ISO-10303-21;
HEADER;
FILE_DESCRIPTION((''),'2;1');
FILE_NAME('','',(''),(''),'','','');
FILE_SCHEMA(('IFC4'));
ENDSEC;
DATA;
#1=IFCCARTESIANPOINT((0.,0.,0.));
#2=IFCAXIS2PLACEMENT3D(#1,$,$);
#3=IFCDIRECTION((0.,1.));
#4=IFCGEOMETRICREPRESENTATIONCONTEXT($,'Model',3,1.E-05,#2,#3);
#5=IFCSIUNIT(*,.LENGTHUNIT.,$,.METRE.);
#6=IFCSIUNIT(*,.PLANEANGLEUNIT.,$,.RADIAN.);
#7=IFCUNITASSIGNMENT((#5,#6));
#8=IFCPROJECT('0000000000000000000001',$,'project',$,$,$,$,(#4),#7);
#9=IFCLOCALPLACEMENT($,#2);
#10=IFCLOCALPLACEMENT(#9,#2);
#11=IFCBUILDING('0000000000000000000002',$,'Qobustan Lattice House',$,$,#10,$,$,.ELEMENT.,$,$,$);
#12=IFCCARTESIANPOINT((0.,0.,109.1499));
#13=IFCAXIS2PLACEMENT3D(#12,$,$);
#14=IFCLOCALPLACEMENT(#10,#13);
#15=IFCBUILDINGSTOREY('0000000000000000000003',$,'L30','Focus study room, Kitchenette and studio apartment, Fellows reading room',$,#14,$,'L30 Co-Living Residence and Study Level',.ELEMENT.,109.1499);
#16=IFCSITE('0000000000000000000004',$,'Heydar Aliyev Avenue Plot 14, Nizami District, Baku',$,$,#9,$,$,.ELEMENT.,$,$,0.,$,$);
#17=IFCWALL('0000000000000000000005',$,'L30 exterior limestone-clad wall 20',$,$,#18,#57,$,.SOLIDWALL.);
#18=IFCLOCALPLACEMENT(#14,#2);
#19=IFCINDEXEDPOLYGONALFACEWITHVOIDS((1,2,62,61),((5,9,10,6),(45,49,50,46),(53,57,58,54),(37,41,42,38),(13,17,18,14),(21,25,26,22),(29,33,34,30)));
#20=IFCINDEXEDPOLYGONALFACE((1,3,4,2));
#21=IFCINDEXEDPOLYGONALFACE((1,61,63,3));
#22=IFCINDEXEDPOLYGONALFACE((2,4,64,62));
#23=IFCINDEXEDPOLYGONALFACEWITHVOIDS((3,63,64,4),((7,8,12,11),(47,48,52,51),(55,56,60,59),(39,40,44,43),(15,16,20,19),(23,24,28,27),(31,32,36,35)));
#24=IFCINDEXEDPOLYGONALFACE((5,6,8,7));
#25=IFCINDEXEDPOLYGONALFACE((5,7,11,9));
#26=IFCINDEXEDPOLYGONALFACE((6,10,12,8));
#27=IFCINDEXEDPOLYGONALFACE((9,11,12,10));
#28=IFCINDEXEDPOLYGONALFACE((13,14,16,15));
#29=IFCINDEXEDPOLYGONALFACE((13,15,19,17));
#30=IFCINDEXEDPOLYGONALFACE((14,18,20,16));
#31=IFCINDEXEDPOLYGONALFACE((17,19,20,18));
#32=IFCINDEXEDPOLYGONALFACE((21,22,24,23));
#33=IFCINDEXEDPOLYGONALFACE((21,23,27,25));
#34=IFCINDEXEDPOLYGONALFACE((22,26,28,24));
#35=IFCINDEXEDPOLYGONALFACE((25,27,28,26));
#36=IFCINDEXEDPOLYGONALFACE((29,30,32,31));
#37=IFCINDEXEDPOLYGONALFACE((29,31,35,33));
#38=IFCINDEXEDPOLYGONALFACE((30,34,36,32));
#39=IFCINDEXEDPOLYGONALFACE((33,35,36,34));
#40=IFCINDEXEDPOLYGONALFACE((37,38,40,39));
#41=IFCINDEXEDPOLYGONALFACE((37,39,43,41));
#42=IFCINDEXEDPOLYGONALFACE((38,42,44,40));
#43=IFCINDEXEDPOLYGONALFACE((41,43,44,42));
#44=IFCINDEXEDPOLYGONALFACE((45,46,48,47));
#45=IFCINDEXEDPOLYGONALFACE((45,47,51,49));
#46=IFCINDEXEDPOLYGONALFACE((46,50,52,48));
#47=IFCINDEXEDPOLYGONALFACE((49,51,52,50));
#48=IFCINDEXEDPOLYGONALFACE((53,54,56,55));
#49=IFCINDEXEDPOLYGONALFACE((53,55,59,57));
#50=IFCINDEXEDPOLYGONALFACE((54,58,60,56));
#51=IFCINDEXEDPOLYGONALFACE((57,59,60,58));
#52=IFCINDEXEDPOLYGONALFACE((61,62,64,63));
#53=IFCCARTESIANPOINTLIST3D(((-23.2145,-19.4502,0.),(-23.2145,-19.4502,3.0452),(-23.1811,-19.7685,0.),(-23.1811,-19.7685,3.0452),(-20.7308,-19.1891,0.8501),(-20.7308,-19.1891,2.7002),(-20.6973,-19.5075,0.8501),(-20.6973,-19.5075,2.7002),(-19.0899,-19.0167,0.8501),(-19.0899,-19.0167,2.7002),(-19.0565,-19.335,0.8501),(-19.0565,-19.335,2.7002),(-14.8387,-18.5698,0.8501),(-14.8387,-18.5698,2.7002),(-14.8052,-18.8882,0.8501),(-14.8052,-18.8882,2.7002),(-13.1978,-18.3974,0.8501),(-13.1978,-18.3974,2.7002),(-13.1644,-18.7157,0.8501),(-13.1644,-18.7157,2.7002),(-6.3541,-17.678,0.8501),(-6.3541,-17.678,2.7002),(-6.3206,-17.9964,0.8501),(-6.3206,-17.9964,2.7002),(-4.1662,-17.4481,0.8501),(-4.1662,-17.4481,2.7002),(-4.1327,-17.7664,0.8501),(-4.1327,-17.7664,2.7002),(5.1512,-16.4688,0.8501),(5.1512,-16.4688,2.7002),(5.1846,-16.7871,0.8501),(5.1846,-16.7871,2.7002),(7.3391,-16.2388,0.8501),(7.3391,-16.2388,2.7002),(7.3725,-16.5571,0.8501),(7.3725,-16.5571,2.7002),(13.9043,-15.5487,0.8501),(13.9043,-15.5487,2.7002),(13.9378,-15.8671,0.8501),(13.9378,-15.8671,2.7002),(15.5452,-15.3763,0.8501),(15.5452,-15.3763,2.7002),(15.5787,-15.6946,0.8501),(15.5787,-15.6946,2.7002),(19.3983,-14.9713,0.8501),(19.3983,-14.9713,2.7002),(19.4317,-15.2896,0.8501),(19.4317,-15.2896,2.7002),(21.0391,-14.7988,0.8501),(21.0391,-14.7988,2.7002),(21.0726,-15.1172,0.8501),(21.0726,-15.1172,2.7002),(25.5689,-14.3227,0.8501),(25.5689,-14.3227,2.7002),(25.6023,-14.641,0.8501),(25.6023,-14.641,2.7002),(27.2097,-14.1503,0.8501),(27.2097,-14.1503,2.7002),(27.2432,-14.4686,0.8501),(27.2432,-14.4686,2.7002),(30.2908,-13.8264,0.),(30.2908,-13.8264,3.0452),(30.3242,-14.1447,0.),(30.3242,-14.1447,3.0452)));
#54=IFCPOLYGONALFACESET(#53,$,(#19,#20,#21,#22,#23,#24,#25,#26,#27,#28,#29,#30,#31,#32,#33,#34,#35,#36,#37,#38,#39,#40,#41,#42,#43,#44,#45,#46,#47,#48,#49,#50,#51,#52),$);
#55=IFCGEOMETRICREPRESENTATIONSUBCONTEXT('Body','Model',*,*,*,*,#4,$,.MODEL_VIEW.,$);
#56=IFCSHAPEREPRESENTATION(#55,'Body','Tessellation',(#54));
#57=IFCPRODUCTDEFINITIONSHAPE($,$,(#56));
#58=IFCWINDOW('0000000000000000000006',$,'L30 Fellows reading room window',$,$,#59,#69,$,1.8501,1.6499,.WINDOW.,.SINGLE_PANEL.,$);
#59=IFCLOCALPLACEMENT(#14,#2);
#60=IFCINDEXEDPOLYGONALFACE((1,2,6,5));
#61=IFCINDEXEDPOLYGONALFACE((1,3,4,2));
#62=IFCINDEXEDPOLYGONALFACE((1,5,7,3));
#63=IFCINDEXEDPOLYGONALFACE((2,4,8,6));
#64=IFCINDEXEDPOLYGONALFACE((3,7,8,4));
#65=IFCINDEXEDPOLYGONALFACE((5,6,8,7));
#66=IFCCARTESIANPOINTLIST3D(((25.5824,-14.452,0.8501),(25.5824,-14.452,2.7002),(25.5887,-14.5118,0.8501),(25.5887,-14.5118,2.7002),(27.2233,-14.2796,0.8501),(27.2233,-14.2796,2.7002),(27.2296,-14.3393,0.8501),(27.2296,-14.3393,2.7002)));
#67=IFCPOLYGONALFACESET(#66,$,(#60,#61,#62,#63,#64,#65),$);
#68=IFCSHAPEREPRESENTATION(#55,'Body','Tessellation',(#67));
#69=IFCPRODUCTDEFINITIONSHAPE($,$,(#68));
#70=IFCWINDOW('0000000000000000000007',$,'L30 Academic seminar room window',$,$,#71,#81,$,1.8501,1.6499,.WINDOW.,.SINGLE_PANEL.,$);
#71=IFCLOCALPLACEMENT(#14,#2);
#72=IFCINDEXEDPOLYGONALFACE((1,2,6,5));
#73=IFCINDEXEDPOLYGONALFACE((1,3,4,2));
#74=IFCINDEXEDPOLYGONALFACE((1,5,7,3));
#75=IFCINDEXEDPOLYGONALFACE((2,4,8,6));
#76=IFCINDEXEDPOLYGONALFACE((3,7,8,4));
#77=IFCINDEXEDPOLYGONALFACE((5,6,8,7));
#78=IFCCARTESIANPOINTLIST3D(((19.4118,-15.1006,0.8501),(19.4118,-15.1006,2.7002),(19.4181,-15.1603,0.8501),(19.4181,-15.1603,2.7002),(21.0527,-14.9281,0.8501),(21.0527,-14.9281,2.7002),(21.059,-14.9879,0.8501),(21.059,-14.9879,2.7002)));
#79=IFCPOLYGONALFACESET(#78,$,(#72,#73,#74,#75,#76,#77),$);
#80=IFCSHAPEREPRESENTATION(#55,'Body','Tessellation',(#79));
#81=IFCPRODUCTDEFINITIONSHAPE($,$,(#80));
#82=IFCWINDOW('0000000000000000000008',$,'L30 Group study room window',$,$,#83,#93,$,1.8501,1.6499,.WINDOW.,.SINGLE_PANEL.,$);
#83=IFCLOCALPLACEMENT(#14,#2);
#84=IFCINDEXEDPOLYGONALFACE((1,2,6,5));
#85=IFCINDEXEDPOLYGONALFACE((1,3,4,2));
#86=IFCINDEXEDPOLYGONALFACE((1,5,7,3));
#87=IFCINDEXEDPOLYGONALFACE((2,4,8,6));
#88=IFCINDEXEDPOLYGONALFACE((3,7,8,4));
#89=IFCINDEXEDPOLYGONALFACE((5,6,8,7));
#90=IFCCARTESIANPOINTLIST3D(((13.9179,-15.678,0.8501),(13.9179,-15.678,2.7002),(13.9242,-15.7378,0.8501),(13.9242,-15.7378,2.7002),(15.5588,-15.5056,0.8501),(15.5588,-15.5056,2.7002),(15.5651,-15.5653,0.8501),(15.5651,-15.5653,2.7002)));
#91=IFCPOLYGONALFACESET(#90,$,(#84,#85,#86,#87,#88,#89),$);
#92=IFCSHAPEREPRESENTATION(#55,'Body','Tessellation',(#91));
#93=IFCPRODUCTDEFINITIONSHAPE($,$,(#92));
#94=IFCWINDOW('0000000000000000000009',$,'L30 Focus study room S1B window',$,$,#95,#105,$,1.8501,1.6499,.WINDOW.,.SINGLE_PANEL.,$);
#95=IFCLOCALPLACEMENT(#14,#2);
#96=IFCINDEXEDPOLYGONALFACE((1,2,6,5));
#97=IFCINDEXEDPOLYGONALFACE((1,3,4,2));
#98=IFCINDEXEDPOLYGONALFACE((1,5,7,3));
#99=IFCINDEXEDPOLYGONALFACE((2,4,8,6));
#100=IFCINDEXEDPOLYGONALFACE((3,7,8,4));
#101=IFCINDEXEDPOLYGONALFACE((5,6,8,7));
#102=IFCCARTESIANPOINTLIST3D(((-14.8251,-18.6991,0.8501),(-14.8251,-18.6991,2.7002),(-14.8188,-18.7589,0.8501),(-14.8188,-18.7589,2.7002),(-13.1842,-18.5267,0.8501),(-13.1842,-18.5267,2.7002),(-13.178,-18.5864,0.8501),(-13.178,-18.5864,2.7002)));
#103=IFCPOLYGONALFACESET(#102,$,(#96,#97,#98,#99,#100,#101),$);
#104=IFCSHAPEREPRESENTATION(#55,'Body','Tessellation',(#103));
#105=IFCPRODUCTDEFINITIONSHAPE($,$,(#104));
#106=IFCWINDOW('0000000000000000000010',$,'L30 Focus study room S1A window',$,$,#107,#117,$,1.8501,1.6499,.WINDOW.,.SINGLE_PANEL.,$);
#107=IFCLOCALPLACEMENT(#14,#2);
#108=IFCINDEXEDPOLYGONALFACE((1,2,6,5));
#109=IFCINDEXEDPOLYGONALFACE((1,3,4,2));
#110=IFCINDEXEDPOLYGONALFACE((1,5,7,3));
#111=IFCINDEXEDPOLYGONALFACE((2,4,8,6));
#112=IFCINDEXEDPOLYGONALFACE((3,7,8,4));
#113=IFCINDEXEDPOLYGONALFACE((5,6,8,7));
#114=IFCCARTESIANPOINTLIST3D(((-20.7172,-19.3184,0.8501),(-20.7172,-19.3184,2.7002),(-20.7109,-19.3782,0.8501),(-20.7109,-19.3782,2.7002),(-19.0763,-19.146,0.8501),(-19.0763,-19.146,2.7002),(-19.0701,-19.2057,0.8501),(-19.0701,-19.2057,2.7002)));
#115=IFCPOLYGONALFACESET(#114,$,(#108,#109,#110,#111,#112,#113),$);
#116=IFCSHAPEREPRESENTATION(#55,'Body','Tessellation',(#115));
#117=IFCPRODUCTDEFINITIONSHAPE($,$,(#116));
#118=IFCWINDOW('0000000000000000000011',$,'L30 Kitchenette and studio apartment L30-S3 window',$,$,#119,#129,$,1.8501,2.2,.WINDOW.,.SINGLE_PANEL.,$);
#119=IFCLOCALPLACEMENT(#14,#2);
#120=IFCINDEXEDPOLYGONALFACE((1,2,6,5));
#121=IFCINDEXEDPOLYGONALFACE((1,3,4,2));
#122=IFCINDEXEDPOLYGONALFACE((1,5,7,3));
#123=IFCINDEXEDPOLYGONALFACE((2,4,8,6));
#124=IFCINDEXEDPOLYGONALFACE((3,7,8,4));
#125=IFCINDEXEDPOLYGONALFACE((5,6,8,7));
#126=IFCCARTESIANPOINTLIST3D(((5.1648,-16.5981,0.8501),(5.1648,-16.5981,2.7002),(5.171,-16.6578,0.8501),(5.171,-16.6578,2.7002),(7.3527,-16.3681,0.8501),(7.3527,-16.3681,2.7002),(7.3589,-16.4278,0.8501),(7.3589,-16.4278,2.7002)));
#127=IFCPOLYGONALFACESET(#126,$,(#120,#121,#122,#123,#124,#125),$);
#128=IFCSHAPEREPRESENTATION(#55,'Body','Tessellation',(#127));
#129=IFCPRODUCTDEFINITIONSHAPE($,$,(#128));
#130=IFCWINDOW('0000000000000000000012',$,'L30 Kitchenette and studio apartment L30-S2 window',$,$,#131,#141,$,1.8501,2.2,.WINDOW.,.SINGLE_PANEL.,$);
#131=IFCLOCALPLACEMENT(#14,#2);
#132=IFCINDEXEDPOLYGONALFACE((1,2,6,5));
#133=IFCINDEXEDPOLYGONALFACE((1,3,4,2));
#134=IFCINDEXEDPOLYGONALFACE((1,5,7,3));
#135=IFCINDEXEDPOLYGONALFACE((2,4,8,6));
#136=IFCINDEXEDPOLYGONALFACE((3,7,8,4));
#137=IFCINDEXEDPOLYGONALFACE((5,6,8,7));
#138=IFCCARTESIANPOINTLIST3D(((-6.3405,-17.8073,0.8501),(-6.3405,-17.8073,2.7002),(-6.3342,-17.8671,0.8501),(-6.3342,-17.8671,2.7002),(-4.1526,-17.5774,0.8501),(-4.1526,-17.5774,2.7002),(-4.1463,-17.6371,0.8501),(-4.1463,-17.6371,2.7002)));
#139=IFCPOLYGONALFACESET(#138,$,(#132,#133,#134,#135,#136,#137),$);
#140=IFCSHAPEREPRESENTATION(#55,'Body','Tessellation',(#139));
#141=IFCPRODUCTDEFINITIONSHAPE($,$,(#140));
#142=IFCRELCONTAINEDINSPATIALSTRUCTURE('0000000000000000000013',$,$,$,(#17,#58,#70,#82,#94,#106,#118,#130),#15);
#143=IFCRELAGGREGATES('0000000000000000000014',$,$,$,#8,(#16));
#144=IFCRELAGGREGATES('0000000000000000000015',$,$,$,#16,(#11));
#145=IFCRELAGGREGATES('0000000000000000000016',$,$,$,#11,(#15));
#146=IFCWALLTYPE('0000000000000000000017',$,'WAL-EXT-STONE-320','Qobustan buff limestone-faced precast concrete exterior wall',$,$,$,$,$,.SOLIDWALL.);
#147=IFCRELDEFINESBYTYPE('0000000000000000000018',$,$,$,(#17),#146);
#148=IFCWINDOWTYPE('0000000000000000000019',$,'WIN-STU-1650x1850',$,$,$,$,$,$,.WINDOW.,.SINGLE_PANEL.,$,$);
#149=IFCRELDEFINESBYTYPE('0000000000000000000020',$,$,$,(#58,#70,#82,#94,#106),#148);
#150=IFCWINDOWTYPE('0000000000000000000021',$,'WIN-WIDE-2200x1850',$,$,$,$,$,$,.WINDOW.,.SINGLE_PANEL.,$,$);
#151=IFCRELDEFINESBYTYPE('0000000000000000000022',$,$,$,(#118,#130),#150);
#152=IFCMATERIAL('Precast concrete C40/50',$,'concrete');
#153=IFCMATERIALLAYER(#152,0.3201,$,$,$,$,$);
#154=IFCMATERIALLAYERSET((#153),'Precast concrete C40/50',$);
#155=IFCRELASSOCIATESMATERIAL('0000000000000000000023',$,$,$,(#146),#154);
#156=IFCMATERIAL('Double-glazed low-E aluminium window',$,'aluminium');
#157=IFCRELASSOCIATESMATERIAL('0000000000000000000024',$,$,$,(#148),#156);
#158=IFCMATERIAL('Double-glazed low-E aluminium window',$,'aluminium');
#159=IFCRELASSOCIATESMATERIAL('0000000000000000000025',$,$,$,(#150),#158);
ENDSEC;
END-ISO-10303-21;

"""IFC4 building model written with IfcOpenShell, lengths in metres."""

from ifc_helpers import new_model, si_unit, direction, frame, frame_2d, origin, place, context, subcontext, project, spatial, rectangle, extrude, material, layer, layer_set, type_object, element, fill, save


model = new_model("IFC4")

# Units and contexts
model_context = context("Model", 3, precision=1e-05, world=origin(), true_north=direction((0.0, 1.0)))
body_context = subcontext(model_context, "Body", "Model", "MODEL_VIEW")
ifc_project = project(units=[si_unit("LENGTHUNIT", "METRE"), si_unit("PLANEANGLEUNIT", "RADIAN")], contexts=[model_context])

# Site, building, storey
site_placement = place(None, origin())
site = spatial("IfcSite", under=ifc_project, at=site_placement, Name="Heydar Aliyev Avenue Plot 14, Nizami District, Baku", CompositionType="ELEMENT", RefElevation=0.0)
building_placement = place(site_placement, origin())
building = spatial("IfcBuilding", under=site, at=building_placement, Name="Qobustan Lattice House", CompositionType="ELEMENT")
storey_placement = place(building_placement, frame((0.0, 0.0, 109.1499)))
storey = spatial("IfcBuildingStorey", under=building, at=storey_placement, Name="L30", Description="Focus study room, Kitchenette and studio apartment, Fellows reading room", LongName="L30 Co-Living Residence and Study Level", CompositionType="ELEMENT", Elevation=109.1499)

# Shared definitions
ifc_material_1 = material(Name="Precast concrete C40/50", Category="concrete")
ifc_layer_1 = layer(ifc_material_1, 0.3201)
ifc_layer_set_1 = layer_set([ifc_layer_1], Name="Precast concrete C40/50")
wall_type = type_object("IfcWallType", Name="WAL-EXT-STONE-320", Description="Qobustan buff limestone-faced precast concrete exterior wall", PredefinedType="SOLIDWALL", material=ifc_layer_set_1)

# Wall, openings, windows
wall_1_placement = place(storey_placement, frame((30.3074, -13.9856, 0.0), z_axis=(0.0, 0.0, 1.0), x_axis=(-0.994522, -0.104531, 0.0)))
wall_1 = element("IfcWall", 1, at=wall_1_placement, inside=storey, type_object=wall_type, Name="L30 exterior limestone-clad wall 20", PredefinedType="SOLIDWALL", context=body_context, shape_type="SweptSolid", body=[
    extrude(rectangle(XDim=53.8, YDim=0.3201, at=frame_2d((26.8999, 0.0))), origin(), (0.0, 0.0, 1.0), 3.0452),
])
opening_1_placement = place(wall_1_placement, frame((3.0979, 0.0, 0.8501)))
opening_1 = element("IfcOpeningElement", 2, at=opening_1_placement, cuts=wall_1, PredefinedType="OPENING", context=body_context, shape_type="SweptSolid", body=[
    extrude(rectangle(XDim=1.6499, YDim=1.8501, at=frame_2d((0.825, 0.925))), frame((0.0, 0.1699, 0.0), z_axis=(0.0, -1.0, 0.0), x_axis=(1.0, 0.0, 0.0)), (0.0, 0.0, 1.0), 0.3401),
])
opening_2_placement = place(wall_1_placement, frame((9.3025, 0.0, 0.8501)))
opening_2 = element("IfcOpeningElement", 3, at=opening_2_placement, cuts=wall_1, PredefinedType="OPENING", context=body_context, shape_type="SweptSolid", body=[
    extrude(rectangle(XDim=1.6499, YDim=1.8501, at=frame_2d((0.825, 0.925))), frame((0.0, 0.1699, 0.0), z_axis=(0.0, -1.0, 0.0), x_axis=(1.0, 0.0, 0.0)), (0.0, 0.0, 1.0), 0.3401),
])
opening_3_placement = place(wall_1_placement, frame((14.8267, 0.0, 0.8501)))
opening_3 = element("IfcOpeningElement", 4, at=opening_3_placement, cuts=wall_1, PredefinedType="OPENING", context=body_context, shape_type="SweptSolid", body=[
    extrude(rectangle(XDim=1.6499, YDim=1.8501, at=frame_2d((0.825, 0.925))), frame((0.0, 0.1699, 0.0), z_axis=(0.0, -1.0, 0.0), x_axis=(1.0, 0.0, 0.0)), (0.0, 0.0, 1.0), 0.3401),
])
opening_4_placement = place(wall_1_placement, frame((23.0779, 0.0, 0.8501)))
opening_4 = element("IfcOpeningElement", 5, at=opening_4_placement, cuts=wall_1, PredefinedType="OPENING", context=body_context, shape_type="SweptSolid", body=[
    extrude(rectangle(XDim=2.2, YDim=1.8501, at=frame_2d((1.1001, 0.925))), frame((0.0, 0.1699, 0.0), z_axis=(0.0, -1.0, 0.0), x_axis=(1.0, 0.0, 0.0)), (0.0, 0.0, 1.0), 0.3401),
])
opening_5_placement = place(wall_1_placement, frame((34.6465, 0.0, 0.8501)))
opening_5 = element("IfcOpeningElement", 6, at=opening_5_placement, cuts=wall_1, PredefinedType="OPENING", context=body_context, shape_type="SweptSolid", body=[
    extrude(rectangle(XDim=2.2, YDim=1.8501, at=frame_2d((1.1001, 0.925))), frame((0.0, 0.1699, 0.0), z_axis=(0.0, -1.0, 0.0), x_axis=(1.0, 0.0, 0.0)), (0.0, 0.0, 1.0), 0.3401),
])
opening_6_placement = place(wall_1_placement, frame((43.728, 0.0, 0.8501)))
opening_6 = element("IfcOpeningElement", 7, at=opening_6_placement, cuts=wall_1, PredefinedType="OPENING", context=body_context, shape_type="SweptSolid", body=[
    extrude(rectangle(XDim=1.6499, YDim=1.8501, at=frame_2d((0.825, 0.925))), frame((0.0, 0.1699, 0.0), z_axis=(0.0, -1.0, 0.0), x_axis=(1.0, 0.0, 0.0)), (0.0, 0.0, 1.0), 0.3401),
])
opening_7_placement = place(wall_1_placement, frame((49.6526, 0.0, 0.8501)))
opening_7 = element("IfcOpeningElement", 8, at=opening_7_placement, cuts=wall_1, PredefinedType="OPENING", context=body_context, shape_type="SweptSolid", body=[
    extrude(rectangle(XDim=1.6499, YDim=1.8501, at=frame_2d((0.825, 0.925))), frame((0.0, 0.1699, 0.0), z_axis=(0.0, -1.0, 0.0), x_axis=(1.0, 0.0, 0.0)), (0.0, 0.0, 1.0), 0.3401),
])
ifc_material_2 = material(Name="Double-glazed low-E aluminium window", Category="aluminium")
window_type_1 = type_object("IfcWindowType", Name="WIN-STU-1650x1850", PartitioningType="SINGLE_PANEL", PredefinedType="WINDOW", material=ifc_material_2)
window_1_placement = place(opening_1_placement, origin())
window_1 = element("IfcWindow", 9, at=window_1_placement, inside=storey, type_object=window_type_1, Name="L30 Fellows reading room window", OverallHeight=1.8501, OverallWidth=1.6499, PartitioningType="SINGLE_PANEL", PredefinedType="WINDOW", context=body_context, shape_type="SweptSolid", body=[
    extrude(rectangle(XDim=1.6499, YDim=1.8501, at=frame_2d((0.825, 0.925))), frame((0.0, 0.03, 0.0), z_axis=(0.0, -1.0, 0.0), x_axis=(1.0, 0.0, 0.0)), (0.0, 0.0, 1.0), 0.0601),
])
fill(opening_1, window_1)
window_2_placement = place(opening_2_placement, origin())
window_2 = element("IfcWindow", 10, at=window_2_placement, inside=storey, type_object=window_type_1, Name="L30 Academic seminar room window", OverallHeight=1.8501, OverallWidth=1.6499, PartitioningType="SINGLE_PANEL", PredefinedType="WINDOW", context=body_context, shape_type="SweptSolid", body=[
    extrude(rectangle(XDim=1.6499, YDim=1.8501, at=frame_2d((0.825, 0.925))), frame((0.0, 0.03, 0.0), z_axis=(0.0, -1.0, 0.0), x_axis=(1.0, 0.0, 0.0)), (0.0, 0.0, 1.0), 0.0601),
])
fill(opening_2, window_2)
window_3_placement = place(opening_3_placement, origin())
window_3 = element("IfcWindow", 11, at=window_3_placement, inside=storey, type_object=window_type_1, Name="L30 Group study room window", OverallHeight=1.8501, OverallWidth=1.6499, PartitioningType="SINGLE_PANEL", PredefinedType="WINDOW", context=body_context, shape_type="SweptSolid", body=[
    extrude(rectangle(XDim=1.6499, YDim=1.8501, at=frame_2d((0.825, 0.925))), frame((0.0, 0.03, 0.0), z_axis=(0.0, -1.0, 0.0), x_axis=(1.0, 0.0, 0.0)), (0.0, 0.0, 1.0), 0.0601),
])
fill(opening_3, window_3)
window_4_placement = place(opening_6_placement, origin())
window_4 = element("IfcWindow", 12, at=window_4_placement, inside=storey, type_object=window_type_1, Name="L30 Focus study room S1B window", OverallHeight=1.8501, OverallWidth=1.6499, PartitioningType="SINGLE_PANEL", PredefinedType="WINDOW", context=body_context, shape_type="SweptSolid", body=[
    extrude(rectangle(XDim=1.6499, YDim=1.8501, at=frame_2d((0.825, 0.925))), frame((0.0, 0.03, 0.0), z_axis=(0.0, -1.0, 0.0), x_axis=(1.0, 0.0, 0.0)), (0.0, 0.0, 1.0), 0.0601),
])
fill(opening_6, window_4)
window_5_placement = place(opening_7_placement, origin())
window_5 = element("IfcWindow", 13, at=window_5_placement, inside=storey, type_object=window_type_1, Name="L30 Focus study room S1A window", OverallHeight=1.8501, OverallWidth=1.6499, PartitioningType="SINGLE_PANEL", PredefinedType="WINDOW", context=body_context, shape_type="SweptSolid", body=[
    extrude(rectangle(XDim=1.6499, YDim=1.8501, at=frame_2d((0.825, 0.925))), frame((0.0, 0.03, 0.0), z_axis=(0.0, -1.0, 0.0), x_axis=(1.0, 0.0, 0.0)), (0.0, 0.0, 1.0), 0.0601),
])
fill(opening_7, window_5)
ifc_material_3 = material(Name="Double-glazed low-E aluminium window", Category="aluminium")
window_type_2 = type_object("IfcWindowType", Name="WIN-WIDE-2200x1850", PartitioningType="SINGLE_PANEL", PredefinedType="WINDOW", material=ifc_material_3)
window_6_placement = place(opening_4_placement, origin())
window_6 = element("IfcWindow", 14, at=window_6_placement, inside=storey, type_object=window_type_2, Name="L30 Kitchenette and studio apartment L30-S3 window", OverallHeight=1.8501, OverallWidth=2.2, PartitioningType="SINGLE_PANEL", PredefinedType="WINDOW", context=body_context, shape_type="SweptSolid", body=[
    extrude(rectangle(XDim=2.2, YDim=1.8501, at=frame_2d((1.1001, 0.925))), frame((0.0, 0.03, 0.0), z_axis=(0.0, -1.0, 0.0), x_axis=(1.0, 0.0, 0.0)), (0.0, 0.0, 1.0), 0.0601),
])
fill(opening_4, window_6)
window_7_placement = place(opening_5_placement, origin())
window_7 = element("IfcWindow", 15, at=window_7_placement, inside=storey, type_object=window_type_2, Name="L30 Kitchenette and studio apartment L30-S2 window", OverallHeight=1.8501, OverallWidth=2.2, PartitioningType="SINGLE_PANEL", PredefinedType="WINDOW", context=body_context, shape_type="SweptSolid", body=[
    extrude(rectangle(XDim=2.2, YDim=1.8501, at=frame_2d((1.1001, 0.925))), frame((0.0, 0.03, 0.0), z_axis=(0.0, -1.0, 0.0), x_axis=(1.0, 0.0, 0.0)), (0.0, 0.0, 1.0), 0.0601),
])
fill(opening_5, window_7)

save(model, "model.ifc")
